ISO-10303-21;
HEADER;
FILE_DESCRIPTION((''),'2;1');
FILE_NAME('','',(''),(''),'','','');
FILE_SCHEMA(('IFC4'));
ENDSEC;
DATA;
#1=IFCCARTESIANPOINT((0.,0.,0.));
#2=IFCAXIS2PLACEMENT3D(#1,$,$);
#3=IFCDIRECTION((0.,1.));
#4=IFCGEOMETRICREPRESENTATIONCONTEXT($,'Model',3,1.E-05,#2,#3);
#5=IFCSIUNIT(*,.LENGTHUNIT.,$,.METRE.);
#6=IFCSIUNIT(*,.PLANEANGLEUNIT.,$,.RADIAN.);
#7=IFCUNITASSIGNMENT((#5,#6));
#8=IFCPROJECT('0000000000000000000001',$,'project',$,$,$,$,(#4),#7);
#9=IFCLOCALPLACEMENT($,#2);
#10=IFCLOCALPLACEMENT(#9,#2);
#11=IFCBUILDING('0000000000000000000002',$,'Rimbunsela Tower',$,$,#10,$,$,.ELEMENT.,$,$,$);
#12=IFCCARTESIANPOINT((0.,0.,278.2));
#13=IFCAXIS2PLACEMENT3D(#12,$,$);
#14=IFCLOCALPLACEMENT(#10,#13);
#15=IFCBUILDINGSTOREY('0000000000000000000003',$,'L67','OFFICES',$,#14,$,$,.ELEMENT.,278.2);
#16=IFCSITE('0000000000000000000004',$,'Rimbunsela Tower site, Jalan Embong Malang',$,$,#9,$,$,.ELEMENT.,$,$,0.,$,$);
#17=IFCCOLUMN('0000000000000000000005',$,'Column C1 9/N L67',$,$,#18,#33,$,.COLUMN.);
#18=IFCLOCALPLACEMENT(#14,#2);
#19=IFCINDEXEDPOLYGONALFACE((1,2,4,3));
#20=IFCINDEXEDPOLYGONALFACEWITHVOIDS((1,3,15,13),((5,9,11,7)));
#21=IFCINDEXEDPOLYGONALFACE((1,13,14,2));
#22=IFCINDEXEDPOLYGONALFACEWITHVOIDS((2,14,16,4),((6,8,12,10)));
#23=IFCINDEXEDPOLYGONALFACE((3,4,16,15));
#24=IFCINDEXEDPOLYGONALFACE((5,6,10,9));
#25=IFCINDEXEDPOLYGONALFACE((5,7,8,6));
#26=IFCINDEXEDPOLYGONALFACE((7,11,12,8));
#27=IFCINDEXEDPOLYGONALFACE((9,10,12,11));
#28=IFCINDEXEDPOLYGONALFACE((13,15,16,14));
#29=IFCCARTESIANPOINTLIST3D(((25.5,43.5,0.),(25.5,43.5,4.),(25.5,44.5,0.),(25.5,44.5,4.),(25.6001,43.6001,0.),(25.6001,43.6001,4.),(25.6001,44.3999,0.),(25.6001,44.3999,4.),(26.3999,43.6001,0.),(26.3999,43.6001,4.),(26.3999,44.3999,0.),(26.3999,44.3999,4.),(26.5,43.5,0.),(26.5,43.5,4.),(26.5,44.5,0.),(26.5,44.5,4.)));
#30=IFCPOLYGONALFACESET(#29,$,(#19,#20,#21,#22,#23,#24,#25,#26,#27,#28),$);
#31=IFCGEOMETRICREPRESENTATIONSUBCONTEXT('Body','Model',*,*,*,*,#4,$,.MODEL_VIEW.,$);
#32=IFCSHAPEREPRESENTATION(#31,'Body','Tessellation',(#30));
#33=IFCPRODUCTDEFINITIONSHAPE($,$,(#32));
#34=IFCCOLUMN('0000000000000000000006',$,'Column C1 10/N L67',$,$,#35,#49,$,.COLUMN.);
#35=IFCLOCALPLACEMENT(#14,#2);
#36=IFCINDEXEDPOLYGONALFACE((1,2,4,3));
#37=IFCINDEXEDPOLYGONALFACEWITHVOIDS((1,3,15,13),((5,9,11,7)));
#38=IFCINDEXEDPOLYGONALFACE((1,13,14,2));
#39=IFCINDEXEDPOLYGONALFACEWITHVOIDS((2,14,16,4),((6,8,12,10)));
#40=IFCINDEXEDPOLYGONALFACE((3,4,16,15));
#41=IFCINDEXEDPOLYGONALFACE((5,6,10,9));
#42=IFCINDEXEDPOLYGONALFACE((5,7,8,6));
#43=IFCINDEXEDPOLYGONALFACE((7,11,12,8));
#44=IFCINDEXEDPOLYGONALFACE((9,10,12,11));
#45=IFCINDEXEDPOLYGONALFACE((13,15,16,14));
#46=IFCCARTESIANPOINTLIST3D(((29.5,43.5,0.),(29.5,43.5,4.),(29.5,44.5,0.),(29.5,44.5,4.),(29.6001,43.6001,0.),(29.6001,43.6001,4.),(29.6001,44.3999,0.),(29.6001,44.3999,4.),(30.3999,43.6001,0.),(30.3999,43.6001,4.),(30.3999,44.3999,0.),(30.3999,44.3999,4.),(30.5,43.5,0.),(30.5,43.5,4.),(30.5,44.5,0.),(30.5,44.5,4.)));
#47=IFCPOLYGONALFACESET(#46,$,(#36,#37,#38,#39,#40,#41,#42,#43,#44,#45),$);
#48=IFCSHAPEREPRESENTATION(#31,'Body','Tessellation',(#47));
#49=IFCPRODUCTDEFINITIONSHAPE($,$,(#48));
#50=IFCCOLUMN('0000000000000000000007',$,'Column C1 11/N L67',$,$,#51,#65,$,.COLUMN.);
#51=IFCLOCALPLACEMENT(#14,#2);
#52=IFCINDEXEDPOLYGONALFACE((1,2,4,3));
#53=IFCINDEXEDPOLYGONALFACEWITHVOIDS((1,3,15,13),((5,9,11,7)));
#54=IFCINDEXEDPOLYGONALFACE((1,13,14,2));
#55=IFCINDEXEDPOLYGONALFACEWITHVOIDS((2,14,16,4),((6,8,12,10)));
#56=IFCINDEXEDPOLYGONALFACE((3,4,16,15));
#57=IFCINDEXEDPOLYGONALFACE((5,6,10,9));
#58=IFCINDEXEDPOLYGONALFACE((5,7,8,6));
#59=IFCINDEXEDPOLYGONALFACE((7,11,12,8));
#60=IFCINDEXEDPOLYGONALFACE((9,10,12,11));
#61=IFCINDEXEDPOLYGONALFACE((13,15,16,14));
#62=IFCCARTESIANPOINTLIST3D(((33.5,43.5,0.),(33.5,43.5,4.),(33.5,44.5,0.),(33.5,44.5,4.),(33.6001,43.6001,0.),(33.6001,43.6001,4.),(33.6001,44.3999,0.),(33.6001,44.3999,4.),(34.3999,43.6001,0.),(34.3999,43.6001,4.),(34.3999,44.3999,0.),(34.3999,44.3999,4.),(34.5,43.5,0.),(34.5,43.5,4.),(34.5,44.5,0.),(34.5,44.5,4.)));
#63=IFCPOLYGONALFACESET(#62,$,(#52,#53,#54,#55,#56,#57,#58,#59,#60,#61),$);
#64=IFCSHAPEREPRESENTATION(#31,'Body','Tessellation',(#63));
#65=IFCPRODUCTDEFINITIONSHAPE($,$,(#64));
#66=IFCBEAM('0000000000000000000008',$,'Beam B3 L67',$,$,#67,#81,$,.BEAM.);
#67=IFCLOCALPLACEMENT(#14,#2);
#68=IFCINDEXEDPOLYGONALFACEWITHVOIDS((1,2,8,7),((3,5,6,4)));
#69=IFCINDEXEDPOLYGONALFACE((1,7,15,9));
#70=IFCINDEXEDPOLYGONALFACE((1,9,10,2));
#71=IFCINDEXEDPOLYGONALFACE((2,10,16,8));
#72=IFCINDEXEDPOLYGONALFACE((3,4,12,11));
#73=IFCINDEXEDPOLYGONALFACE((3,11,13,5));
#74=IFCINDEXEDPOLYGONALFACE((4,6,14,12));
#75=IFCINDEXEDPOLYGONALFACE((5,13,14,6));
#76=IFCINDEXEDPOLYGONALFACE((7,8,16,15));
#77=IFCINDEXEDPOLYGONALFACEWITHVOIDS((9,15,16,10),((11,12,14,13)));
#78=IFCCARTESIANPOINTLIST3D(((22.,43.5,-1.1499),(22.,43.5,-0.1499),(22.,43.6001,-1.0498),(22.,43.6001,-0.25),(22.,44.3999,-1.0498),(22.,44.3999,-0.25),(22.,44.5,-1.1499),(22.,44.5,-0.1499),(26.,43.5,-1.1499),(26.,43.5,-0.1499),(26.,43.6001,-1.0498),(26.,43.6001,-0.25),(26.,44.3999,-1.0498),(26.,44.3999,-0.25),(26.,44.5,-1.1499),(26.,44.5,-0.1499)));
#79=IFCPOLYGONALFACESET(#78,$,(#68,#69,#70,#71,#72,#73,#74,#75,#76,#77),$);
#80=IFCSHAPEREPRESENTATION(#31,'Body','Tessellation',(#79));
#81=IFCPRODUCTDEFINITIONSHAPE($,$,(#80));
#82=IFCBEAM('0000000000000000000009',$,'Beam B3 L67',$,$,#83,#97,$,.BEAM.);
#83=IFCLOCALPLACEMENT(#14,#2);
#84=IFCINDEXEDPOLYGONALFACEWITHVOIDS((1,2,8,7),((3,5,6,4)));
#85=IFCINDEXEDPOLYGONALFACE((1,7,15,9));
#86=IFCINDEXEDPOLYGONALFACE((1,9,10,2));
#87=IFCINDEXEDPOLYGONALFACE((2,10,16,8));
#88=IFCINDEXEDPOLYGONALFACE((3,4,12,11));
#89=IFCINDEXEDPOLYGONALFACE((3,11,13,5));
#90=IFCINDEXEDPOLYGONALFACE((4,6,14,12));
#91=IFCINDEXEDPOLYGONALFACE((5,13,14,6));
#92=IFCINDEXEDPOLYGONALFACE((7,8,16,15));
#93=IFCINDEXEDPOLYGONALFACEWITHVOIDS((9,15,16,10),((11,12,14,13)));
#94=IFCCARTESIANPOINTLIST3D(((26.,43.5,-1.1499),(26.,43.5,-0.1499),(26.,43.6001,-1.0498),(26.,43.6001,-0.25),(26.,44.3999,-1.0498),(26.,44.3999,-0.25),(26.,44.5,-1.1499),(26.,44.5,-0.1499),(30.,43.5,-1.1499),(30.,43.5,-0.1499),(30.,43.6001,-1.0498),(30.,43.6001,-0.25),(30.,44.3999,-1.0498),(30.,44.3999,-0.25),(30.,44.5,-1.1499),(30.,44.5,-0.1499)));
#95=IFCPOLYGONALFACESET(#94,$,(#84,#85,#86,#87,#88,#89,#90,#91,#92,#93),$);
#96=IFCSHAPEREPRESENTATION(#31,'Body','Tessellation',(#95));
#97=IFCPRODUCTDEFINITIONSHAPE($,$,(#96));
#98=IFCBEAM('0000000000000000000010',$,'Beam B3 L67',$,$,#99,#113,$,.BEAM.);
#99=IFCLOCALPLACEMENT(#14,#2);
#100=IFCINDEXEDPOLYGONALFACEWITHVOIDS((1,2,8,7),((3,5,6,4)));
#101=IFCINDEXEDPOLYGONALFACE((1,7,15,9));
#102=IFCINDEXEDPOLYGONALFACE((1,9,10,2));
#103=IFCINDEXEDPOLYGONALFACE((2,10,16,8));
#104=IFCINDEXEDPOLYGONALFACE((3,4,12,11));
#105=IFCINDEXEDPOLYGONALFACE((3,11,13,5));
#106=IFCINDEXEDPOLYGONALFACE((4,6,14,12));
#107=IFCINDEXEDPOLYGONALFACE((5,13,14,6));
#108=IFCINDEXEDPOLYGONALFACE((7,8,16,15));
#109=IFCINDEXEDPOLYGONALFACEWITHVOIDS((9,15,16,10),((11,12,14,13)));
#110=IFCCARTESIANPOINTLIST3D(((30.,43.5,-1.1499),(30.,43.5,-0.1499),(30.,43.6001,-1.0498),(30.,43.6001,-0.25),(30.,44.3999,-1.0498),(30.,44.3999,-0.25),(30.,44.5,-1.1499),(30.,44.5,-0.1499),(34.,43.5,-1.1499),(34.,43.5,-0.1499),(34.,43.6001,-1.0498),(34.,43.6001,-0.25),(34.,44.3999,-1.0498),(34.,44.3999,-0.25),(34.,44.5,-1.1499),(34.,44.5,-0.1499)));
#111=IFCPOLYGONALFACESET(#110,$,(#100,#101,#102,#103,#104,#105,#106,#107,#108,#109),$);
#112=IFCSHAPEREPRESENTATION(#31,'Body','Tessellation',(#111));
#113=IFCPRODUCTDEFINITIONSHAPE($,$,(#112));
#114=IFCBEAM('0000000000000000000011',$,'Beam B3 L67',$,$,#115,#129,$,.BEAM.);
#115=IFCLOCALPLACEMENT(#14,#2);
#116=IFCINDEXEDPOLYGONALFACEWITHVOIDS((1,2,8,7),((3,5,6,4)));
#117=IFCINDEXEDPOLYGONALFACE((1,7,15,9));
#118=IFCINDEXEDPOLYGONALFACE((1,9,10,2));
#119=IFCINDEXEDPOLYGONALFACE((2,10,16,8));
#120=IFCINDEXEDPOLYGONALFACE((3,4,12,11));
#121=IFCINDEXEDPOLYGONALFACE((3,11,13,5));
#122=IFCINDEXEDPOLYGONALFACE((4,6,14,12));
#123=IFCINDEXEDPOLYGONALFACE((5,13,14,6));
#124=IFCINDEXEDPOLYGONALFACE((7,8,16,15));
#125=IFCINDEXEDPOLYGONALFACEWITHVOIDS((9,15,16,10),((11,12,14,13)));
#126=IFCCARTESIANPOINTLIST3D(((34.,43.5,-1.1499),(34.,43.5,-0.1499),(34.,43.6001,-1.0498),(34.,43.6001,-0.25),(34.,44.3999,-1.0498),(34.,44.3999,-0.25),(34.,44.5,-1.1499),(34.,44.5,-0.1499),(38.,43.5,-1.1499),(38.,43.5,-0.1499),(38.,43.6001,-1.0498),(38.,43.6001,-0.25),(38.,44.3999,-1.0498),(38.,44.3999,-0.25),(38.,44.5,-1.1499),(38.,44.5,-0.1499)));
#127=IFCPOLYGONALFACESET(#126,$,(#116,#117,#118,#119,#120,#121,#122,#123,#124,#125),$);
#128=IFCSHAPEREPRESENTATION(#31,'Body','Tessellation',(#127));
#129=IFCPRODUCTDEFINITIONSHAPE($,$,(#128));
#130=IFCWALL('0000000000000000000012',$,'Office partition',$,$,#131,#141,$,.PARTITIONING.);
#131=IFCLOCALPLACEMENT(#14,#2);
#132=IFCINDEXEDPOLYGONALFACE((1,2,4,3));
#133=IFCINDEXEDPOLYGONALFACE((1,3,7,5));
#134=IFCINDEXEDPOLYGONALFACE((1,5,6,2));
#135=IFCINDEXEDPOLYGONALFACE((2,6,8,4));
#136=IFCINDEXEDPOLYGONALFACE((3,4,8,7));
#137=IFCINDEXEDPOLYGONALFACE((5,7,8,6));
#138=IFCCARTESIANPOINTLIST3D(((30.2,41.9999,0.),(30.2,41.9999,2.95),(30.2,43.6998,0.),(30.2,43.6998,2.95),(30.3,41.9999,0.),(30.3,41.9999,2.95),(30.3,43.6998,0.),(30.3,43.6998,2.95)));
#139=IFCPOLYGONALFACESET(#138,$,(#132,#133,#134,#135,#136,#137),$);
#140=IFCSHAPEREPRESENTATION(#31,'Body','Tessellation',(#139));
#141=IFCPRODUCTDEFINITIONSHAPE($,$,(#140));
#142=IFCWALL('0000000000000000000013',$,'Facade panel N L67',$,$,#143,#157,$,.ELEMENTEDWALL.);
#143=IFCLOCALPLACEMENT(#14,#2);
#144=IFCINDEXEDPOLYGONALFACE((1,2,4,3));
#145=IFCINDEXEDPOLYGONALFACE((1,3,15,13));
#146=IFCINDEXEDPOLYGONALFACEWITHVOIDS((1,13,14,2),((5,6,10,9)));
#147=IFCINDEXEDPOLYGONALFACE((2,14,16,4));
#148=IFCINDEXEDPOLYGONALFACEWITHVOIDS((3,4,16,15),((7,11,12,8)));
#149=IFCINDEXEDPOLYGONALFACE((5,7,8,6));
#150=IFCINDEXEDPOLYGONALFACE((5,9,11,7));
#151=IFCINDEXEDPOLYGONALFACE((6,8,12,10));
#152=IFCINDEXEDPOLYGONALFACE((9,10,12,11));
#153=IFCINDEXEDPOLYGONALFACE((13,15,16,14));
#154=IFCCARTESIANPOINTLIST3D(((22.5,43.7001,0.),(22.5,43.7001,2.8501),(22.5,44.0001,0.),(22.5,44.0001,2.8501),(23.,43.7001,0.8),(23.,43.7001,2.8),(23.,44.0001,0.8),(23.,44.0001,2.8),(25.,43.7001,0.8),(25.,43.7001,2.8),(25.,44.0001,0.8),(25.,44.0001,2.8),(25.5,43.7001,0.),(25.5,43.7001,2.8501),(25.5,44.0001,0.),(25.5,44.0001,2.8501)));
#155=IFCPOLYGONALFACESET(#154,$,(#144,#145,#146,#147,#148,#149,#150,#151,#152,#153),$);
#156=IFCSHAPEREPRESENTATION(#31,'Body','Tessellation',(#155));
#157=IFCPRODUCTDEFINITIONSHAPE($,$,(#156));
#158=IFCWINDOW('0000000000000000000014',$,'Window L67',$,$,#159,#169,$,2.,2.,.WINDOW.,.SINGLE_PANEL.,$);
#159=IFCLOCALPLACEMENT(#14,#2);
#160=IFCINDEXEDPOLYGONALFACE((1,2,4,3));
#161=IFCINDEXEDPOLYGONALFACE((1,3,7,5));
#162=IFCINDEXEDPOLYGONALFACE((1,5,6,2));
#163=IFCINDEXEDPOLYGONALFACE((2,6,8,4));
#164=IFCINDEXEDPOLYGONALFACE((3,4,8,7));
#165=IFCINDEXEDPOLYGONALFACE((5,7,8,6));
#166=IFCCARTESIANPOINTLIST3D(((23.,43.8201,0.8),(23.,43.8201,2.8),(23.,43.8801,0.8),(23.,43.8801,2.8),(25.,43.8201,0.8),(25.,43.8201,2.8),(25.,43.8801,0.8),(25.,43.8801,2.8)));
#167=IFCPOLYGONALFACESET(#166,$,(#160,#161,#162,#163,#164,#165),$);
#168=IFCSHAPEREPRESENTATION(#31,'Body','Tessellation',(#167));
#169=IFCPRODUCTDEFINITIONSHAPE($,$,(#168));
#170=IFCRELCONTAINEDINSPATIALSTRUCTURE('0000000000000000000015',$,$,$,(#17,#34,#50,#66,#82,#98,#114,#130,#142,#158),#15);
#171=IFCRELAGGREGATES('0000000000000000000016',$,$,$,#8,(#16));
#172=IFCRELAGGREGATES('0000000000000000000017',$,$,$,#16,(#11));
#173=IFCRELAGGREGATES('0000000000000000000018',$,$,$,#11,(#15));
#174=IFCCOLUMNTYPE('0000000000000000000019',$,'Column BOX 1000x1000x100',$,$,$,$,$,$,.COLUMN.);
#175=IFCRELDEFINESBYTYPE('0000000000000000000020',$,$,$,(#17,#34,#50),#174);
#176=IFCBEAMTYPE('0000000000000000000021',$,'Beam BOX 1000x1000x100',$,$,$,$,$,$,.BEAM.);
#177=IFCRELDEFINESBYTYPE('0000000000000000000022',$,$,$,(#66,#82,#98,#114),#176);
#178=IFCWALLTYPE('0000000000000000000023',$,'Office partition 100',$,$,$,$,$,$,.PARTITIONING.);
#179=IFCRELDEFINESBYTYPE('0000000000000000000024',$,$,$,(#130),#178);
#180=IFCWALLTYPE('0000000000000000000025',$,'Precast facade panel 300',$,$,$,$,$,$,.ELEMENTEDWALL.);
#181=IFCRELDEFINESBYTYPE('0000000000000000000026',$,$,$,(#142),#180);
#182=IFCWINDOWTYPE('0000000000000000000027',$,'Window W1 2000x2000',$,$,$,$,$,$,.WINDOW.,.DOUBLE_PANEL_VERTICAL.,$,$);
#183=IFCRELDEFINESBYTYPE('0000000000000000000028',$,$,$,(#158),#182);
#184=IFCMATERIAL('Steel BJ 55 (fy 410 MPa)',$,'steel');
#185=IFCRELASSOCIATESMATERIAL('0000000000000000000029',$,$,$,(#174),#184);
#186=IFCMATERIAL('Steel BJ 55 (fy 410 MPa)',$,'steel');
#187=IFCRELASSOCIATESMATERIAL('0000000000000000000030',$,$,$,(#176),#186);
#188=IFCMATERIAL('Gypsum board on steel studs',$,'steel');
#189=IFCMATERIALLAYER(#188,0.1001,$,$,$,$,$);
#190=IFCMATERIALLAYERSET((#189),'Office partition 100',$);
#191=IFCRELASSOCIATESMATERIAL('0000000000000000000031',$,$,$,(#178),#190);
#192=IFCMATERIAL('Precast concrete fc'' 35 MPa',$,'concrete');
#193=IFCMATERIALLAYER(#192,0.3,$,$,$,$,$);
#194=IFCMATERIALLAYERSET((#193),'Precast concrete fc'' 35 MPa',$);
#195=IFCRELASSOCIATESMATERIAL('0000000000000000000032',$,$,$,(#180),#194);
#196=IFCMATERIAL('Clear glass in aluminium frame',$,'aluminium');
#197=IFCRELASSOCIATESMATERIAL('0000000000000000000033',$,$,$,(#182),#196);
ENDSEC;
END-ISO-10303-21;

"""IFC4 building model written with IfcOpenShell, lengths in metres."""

from ifc_helpers import new_model, si_unit, direction, frame, frame_2d, origin, origin_2d, place, context, subcontext, project, spatial, rectangle, hollow_rectangle, extrude, material, layer, layer_set, material_profile, profile_set, type_object, element, fill, save


model = new_model("IFC4")

# Units and contexts
model_context = context("Model", 3, precision=1e-05, world=origin(), true_north=direction((0.0, 1.0)))
body_context = subcontext(model_context, "Body", "Model", "MODEL_VIEW")
ifc_project = project(units=[si_unit("LENGTHUNIT", "METRE"), si_unit("PLANEANGLEUNIT", "RADIAN")], contexts=[model_context])

# Site, building, storey
site_placement = place(None, origin())
site = spatial("IfcSite", under=ifc_project, at=site_placement, Name="Rimbunsela Tower site, Jalan Embong Malang", CompositionType="ELEMENT", RefElevation=0.0)
building_placement = place(site_placement, origin())
building = spatial("IfcBuilding", under=site, at=building_placement, Name="Rimbunsela Tower", CompositionType="ELEMENT")
storey_placement = place(building_placement, frame((0.0, 0.0, 278.2)))
storey = spatial("IfcBuildingStorey", under=building, at=storey_placement, Name="L67", Description="OFFICES", CompositionType="ELEMENT", Elevation=278.2)

# Columns
ifc_material_1 = material(Name="Steel BJ 55 (fy 410 MPa)", Category="steel")
ifc_material_profile_1 = material_profile(ifc_material_1, hollow_rectangle(XDim=1.0, YDim=1.0, WallThickness=0.1001, at=origin_2d()), Name="BOX 1000x1000x100")
ifc_profile_set_1 = profile_set([ifc_material_profile_1], Name="Steel BJ 55 (fy 410 MPa)")
column_type = type_object("IfcColumnType", Name="Column BOX 1000x1000x100", PredefinedType="COLUMN", material=ifc_profile_set_1)
for number, where, z_axis, x_axis, name in (
    (1, (26.0, 44.0, 0.0), (0.0, 0.0, 1.0), (1.0, 0.0, 0.0), "Column C1 9/N L67"),
    (2, (30.0, 44.0, 0.0), (0.0, 0.0, 1.0), (1.0, 0.0, 0.0), "Column C1 10/N L67"),
    (3, (34.0, 44.0, 0.0), (0.0, 0.0, 1.0), (1.0, 0.0, 0.0), "Column C1 11/N L67"),
):
    element("IfcColumn", number, at=place(storey_placement, frame(where, z_axis=z_axis, x_axis=x_axis)), inside=storey, type_object=column_type, Name=name, PredefinedType="COLUMN", context=body_context, shape_type="SweptSolid", body=[
        extrude(hollow_rectangle(XDim=1.0, YDim=1.0, WallThickness=0.1001, at=origin_2d()), origin(), (0.0, 0.0, 1.0), 4.0),
    ])

# Beams
ifc_material_2 = material(Name="Steel BJ 55 (fy 410 MPa)", Category="steel")
ifc_material_profile_2 = material_profile(ifc_material_2, hollow_rectangle(XDim=1.0, YDim=1.0, WallThickness=0.1001, at=origin_2d()), Name="BOX 1000x1000x100")
ifc_profile_set_2 = profile_set([ifc_material_profile_2], Name="Steel BJ 55 (fy 410 MPa)")
beam_type = type_object("IfcBeamType", Name="Beam BOX 1000x1000x100", PredefinedType="BEAM", material=ifc_profile_set_2)
for number, where, z_axis, x_axis, name in (
    (4, (22.0, 44.0, -0.6499), (1.0, 0.0, 0.0), (0.0, 1.0, 0.0), "Beam B3 L67"),
    (5, (26.0, 44.0, -0.6499), (1.0, 0.0, 0.0), (0.0, 1.0, 0.0), "Beam B3 L67"),
    (6, (30.0, 44.0, -0.6499), (1.0, 0.0, 0.0), (0.0, 1.0, 0.0), "Beam B3 L67"),
    (7, (34.0, 44.0, -0.6499), (1.0, 0.0, 0.0), (0.0, 1.0, 0.0), "Beam B3 L67"),
):
    element("IfcBeam", number, at=place(storey_placement, frame(where, z_axis=z_axis, x_axis=x_axis)), inside=storey, type_object=beam_type, Name=name, PredefinedType="BEAM", context=body_context, shape_type="SweptSolid", body=[
        extrude(hollow_rectangle(XDim=1.0, YDim=1.0, WallThickness=0.1001, at=origin_2d()), origin(), (0.0, 0.0, 1.0), 4.0),
    ])

# Wall
ifc_material_3 = material(Name="Gypsum board on steel studs", Category="steel")
ifc_layer_1 = layer(ifc_material_3, 0.1001)
ifc_layer_set_1 = layer_set([ifc_layer_1], Name="Office partition 100")
wall_type_1 = type_object("IfcWallType", Name="Office partition 100", PredefinedType="PARTITIONING", material=ifc_layer_set_1)
wall_1_placement = place(storey_placement, frame((30.25, 43.7, 0.0), z_axis=(0.0, 0.0, 1.0), x_axis=(0.0, -1.0, 0.0)))
element("IfcWall", 8, at=wall_1_placement, inside=storey, type_object=wall_type_1, Name="Office partition", PredefinedType="PARTITIONING", context=body_context, shape_type="SweptSolid", body=[
    extrude(rectangle(XDim=1.7, YDim=0.1001, at=frame_2d((0.8501, 0.0))), origin(), (0.0, 0.0, 1.0), 2.95),
])

# Wall, opening, window
ifc_material_4 = material(Name="Precast concrete fc' 35 MPa", Category="concrete")
ifc_layer_2 = layer(ifc_material_4, 0.3)
ifc_layer_set_2 = layer_set([ifc_layer_2], Name="Precast concrete fc' 35 MPa")
wall_type_2 = type_object("IfcWallType", Name="Precast facade panel 300", PredefinedType="ELEMENTEDWALL", material=ifc_layer_set_2)
wall_2_placement = place(storey_placement, frame((25.5, 43.8501, 0.0), z_axis=(0.0, 0.0, 1.0), x_axis=(-1.0, 0.0, 0.0)))
wall_2 = element("IfcWall", 9, at=wall_2_placement, inside=storey, type_object=wall_type_2, Name="Facade panel N L67", PredefinedType="ELEMENTEDWALL", context=body_context, shape_type="SweptSolid", body=[
    extrude(rectangle(XDim=3.0, YDim=0.3, at=frame_2d((1.5, 0.0))), origin(), (0.0, 0.0, 1.0), 2.8501),
])
opening_1_placement = place(wall_2_placement, frame((0.5, 0.0, 0.8)))
opening_1 = element("IfcOpeningElement", 10, at=opening_1_placement, cuts=wall_2, PredefinedType="OPENING", context=body_context, shape_type="SweptSolid", body=[
    extrude(rectangle(XDim=2.0, YDim=2.0, at=frame_2d((1.0, 1.0))), frame((0.0, 0.1599, 0.0), z_axis=(0.0, -1.0, 0.0), x_axis=(1.0, 0.0, 0.0)), (0.0, 0.0, 1.0), 0.3201),
])
ifc_material_5 = material(Name="Clear glass in aluminium frame", Category="aluminium")
window_type_1 = type_object("IfcWindowType", Name="Window W1 2000x2000", PartitioningType="DOUBLE_PANEL_VERTICAL", PredefinedType="WINDOW", material=ifc_material_5)
window_1_placement = place(opening_1_placement, origin())
window_1 = element("IfcWindow", 11, at=window_1_placement, inside=storey, type_object=window_type_1, Name="Window L67", OverallHeight=2.0, OverallWidth=2.0, PartitioningType="SINGLE_PANEL", PredefinedType="WINDOW", context=body_context, shape_type="SweptSolid", body=[
    extrude(rectangle(XDim=2.0, YDim=2.0, at=frame_2d((1.0, 1.0))), frame((0.0, 0.03, 0.0), z_axis=(0.0, -1.0, 0.0), x_axis=(1.0, 0.0, 0.0)), (0.0, 0.0, 1.0), 0.0601),
])
fill(opening_1, window_1)

save(model, "model.ifc")
